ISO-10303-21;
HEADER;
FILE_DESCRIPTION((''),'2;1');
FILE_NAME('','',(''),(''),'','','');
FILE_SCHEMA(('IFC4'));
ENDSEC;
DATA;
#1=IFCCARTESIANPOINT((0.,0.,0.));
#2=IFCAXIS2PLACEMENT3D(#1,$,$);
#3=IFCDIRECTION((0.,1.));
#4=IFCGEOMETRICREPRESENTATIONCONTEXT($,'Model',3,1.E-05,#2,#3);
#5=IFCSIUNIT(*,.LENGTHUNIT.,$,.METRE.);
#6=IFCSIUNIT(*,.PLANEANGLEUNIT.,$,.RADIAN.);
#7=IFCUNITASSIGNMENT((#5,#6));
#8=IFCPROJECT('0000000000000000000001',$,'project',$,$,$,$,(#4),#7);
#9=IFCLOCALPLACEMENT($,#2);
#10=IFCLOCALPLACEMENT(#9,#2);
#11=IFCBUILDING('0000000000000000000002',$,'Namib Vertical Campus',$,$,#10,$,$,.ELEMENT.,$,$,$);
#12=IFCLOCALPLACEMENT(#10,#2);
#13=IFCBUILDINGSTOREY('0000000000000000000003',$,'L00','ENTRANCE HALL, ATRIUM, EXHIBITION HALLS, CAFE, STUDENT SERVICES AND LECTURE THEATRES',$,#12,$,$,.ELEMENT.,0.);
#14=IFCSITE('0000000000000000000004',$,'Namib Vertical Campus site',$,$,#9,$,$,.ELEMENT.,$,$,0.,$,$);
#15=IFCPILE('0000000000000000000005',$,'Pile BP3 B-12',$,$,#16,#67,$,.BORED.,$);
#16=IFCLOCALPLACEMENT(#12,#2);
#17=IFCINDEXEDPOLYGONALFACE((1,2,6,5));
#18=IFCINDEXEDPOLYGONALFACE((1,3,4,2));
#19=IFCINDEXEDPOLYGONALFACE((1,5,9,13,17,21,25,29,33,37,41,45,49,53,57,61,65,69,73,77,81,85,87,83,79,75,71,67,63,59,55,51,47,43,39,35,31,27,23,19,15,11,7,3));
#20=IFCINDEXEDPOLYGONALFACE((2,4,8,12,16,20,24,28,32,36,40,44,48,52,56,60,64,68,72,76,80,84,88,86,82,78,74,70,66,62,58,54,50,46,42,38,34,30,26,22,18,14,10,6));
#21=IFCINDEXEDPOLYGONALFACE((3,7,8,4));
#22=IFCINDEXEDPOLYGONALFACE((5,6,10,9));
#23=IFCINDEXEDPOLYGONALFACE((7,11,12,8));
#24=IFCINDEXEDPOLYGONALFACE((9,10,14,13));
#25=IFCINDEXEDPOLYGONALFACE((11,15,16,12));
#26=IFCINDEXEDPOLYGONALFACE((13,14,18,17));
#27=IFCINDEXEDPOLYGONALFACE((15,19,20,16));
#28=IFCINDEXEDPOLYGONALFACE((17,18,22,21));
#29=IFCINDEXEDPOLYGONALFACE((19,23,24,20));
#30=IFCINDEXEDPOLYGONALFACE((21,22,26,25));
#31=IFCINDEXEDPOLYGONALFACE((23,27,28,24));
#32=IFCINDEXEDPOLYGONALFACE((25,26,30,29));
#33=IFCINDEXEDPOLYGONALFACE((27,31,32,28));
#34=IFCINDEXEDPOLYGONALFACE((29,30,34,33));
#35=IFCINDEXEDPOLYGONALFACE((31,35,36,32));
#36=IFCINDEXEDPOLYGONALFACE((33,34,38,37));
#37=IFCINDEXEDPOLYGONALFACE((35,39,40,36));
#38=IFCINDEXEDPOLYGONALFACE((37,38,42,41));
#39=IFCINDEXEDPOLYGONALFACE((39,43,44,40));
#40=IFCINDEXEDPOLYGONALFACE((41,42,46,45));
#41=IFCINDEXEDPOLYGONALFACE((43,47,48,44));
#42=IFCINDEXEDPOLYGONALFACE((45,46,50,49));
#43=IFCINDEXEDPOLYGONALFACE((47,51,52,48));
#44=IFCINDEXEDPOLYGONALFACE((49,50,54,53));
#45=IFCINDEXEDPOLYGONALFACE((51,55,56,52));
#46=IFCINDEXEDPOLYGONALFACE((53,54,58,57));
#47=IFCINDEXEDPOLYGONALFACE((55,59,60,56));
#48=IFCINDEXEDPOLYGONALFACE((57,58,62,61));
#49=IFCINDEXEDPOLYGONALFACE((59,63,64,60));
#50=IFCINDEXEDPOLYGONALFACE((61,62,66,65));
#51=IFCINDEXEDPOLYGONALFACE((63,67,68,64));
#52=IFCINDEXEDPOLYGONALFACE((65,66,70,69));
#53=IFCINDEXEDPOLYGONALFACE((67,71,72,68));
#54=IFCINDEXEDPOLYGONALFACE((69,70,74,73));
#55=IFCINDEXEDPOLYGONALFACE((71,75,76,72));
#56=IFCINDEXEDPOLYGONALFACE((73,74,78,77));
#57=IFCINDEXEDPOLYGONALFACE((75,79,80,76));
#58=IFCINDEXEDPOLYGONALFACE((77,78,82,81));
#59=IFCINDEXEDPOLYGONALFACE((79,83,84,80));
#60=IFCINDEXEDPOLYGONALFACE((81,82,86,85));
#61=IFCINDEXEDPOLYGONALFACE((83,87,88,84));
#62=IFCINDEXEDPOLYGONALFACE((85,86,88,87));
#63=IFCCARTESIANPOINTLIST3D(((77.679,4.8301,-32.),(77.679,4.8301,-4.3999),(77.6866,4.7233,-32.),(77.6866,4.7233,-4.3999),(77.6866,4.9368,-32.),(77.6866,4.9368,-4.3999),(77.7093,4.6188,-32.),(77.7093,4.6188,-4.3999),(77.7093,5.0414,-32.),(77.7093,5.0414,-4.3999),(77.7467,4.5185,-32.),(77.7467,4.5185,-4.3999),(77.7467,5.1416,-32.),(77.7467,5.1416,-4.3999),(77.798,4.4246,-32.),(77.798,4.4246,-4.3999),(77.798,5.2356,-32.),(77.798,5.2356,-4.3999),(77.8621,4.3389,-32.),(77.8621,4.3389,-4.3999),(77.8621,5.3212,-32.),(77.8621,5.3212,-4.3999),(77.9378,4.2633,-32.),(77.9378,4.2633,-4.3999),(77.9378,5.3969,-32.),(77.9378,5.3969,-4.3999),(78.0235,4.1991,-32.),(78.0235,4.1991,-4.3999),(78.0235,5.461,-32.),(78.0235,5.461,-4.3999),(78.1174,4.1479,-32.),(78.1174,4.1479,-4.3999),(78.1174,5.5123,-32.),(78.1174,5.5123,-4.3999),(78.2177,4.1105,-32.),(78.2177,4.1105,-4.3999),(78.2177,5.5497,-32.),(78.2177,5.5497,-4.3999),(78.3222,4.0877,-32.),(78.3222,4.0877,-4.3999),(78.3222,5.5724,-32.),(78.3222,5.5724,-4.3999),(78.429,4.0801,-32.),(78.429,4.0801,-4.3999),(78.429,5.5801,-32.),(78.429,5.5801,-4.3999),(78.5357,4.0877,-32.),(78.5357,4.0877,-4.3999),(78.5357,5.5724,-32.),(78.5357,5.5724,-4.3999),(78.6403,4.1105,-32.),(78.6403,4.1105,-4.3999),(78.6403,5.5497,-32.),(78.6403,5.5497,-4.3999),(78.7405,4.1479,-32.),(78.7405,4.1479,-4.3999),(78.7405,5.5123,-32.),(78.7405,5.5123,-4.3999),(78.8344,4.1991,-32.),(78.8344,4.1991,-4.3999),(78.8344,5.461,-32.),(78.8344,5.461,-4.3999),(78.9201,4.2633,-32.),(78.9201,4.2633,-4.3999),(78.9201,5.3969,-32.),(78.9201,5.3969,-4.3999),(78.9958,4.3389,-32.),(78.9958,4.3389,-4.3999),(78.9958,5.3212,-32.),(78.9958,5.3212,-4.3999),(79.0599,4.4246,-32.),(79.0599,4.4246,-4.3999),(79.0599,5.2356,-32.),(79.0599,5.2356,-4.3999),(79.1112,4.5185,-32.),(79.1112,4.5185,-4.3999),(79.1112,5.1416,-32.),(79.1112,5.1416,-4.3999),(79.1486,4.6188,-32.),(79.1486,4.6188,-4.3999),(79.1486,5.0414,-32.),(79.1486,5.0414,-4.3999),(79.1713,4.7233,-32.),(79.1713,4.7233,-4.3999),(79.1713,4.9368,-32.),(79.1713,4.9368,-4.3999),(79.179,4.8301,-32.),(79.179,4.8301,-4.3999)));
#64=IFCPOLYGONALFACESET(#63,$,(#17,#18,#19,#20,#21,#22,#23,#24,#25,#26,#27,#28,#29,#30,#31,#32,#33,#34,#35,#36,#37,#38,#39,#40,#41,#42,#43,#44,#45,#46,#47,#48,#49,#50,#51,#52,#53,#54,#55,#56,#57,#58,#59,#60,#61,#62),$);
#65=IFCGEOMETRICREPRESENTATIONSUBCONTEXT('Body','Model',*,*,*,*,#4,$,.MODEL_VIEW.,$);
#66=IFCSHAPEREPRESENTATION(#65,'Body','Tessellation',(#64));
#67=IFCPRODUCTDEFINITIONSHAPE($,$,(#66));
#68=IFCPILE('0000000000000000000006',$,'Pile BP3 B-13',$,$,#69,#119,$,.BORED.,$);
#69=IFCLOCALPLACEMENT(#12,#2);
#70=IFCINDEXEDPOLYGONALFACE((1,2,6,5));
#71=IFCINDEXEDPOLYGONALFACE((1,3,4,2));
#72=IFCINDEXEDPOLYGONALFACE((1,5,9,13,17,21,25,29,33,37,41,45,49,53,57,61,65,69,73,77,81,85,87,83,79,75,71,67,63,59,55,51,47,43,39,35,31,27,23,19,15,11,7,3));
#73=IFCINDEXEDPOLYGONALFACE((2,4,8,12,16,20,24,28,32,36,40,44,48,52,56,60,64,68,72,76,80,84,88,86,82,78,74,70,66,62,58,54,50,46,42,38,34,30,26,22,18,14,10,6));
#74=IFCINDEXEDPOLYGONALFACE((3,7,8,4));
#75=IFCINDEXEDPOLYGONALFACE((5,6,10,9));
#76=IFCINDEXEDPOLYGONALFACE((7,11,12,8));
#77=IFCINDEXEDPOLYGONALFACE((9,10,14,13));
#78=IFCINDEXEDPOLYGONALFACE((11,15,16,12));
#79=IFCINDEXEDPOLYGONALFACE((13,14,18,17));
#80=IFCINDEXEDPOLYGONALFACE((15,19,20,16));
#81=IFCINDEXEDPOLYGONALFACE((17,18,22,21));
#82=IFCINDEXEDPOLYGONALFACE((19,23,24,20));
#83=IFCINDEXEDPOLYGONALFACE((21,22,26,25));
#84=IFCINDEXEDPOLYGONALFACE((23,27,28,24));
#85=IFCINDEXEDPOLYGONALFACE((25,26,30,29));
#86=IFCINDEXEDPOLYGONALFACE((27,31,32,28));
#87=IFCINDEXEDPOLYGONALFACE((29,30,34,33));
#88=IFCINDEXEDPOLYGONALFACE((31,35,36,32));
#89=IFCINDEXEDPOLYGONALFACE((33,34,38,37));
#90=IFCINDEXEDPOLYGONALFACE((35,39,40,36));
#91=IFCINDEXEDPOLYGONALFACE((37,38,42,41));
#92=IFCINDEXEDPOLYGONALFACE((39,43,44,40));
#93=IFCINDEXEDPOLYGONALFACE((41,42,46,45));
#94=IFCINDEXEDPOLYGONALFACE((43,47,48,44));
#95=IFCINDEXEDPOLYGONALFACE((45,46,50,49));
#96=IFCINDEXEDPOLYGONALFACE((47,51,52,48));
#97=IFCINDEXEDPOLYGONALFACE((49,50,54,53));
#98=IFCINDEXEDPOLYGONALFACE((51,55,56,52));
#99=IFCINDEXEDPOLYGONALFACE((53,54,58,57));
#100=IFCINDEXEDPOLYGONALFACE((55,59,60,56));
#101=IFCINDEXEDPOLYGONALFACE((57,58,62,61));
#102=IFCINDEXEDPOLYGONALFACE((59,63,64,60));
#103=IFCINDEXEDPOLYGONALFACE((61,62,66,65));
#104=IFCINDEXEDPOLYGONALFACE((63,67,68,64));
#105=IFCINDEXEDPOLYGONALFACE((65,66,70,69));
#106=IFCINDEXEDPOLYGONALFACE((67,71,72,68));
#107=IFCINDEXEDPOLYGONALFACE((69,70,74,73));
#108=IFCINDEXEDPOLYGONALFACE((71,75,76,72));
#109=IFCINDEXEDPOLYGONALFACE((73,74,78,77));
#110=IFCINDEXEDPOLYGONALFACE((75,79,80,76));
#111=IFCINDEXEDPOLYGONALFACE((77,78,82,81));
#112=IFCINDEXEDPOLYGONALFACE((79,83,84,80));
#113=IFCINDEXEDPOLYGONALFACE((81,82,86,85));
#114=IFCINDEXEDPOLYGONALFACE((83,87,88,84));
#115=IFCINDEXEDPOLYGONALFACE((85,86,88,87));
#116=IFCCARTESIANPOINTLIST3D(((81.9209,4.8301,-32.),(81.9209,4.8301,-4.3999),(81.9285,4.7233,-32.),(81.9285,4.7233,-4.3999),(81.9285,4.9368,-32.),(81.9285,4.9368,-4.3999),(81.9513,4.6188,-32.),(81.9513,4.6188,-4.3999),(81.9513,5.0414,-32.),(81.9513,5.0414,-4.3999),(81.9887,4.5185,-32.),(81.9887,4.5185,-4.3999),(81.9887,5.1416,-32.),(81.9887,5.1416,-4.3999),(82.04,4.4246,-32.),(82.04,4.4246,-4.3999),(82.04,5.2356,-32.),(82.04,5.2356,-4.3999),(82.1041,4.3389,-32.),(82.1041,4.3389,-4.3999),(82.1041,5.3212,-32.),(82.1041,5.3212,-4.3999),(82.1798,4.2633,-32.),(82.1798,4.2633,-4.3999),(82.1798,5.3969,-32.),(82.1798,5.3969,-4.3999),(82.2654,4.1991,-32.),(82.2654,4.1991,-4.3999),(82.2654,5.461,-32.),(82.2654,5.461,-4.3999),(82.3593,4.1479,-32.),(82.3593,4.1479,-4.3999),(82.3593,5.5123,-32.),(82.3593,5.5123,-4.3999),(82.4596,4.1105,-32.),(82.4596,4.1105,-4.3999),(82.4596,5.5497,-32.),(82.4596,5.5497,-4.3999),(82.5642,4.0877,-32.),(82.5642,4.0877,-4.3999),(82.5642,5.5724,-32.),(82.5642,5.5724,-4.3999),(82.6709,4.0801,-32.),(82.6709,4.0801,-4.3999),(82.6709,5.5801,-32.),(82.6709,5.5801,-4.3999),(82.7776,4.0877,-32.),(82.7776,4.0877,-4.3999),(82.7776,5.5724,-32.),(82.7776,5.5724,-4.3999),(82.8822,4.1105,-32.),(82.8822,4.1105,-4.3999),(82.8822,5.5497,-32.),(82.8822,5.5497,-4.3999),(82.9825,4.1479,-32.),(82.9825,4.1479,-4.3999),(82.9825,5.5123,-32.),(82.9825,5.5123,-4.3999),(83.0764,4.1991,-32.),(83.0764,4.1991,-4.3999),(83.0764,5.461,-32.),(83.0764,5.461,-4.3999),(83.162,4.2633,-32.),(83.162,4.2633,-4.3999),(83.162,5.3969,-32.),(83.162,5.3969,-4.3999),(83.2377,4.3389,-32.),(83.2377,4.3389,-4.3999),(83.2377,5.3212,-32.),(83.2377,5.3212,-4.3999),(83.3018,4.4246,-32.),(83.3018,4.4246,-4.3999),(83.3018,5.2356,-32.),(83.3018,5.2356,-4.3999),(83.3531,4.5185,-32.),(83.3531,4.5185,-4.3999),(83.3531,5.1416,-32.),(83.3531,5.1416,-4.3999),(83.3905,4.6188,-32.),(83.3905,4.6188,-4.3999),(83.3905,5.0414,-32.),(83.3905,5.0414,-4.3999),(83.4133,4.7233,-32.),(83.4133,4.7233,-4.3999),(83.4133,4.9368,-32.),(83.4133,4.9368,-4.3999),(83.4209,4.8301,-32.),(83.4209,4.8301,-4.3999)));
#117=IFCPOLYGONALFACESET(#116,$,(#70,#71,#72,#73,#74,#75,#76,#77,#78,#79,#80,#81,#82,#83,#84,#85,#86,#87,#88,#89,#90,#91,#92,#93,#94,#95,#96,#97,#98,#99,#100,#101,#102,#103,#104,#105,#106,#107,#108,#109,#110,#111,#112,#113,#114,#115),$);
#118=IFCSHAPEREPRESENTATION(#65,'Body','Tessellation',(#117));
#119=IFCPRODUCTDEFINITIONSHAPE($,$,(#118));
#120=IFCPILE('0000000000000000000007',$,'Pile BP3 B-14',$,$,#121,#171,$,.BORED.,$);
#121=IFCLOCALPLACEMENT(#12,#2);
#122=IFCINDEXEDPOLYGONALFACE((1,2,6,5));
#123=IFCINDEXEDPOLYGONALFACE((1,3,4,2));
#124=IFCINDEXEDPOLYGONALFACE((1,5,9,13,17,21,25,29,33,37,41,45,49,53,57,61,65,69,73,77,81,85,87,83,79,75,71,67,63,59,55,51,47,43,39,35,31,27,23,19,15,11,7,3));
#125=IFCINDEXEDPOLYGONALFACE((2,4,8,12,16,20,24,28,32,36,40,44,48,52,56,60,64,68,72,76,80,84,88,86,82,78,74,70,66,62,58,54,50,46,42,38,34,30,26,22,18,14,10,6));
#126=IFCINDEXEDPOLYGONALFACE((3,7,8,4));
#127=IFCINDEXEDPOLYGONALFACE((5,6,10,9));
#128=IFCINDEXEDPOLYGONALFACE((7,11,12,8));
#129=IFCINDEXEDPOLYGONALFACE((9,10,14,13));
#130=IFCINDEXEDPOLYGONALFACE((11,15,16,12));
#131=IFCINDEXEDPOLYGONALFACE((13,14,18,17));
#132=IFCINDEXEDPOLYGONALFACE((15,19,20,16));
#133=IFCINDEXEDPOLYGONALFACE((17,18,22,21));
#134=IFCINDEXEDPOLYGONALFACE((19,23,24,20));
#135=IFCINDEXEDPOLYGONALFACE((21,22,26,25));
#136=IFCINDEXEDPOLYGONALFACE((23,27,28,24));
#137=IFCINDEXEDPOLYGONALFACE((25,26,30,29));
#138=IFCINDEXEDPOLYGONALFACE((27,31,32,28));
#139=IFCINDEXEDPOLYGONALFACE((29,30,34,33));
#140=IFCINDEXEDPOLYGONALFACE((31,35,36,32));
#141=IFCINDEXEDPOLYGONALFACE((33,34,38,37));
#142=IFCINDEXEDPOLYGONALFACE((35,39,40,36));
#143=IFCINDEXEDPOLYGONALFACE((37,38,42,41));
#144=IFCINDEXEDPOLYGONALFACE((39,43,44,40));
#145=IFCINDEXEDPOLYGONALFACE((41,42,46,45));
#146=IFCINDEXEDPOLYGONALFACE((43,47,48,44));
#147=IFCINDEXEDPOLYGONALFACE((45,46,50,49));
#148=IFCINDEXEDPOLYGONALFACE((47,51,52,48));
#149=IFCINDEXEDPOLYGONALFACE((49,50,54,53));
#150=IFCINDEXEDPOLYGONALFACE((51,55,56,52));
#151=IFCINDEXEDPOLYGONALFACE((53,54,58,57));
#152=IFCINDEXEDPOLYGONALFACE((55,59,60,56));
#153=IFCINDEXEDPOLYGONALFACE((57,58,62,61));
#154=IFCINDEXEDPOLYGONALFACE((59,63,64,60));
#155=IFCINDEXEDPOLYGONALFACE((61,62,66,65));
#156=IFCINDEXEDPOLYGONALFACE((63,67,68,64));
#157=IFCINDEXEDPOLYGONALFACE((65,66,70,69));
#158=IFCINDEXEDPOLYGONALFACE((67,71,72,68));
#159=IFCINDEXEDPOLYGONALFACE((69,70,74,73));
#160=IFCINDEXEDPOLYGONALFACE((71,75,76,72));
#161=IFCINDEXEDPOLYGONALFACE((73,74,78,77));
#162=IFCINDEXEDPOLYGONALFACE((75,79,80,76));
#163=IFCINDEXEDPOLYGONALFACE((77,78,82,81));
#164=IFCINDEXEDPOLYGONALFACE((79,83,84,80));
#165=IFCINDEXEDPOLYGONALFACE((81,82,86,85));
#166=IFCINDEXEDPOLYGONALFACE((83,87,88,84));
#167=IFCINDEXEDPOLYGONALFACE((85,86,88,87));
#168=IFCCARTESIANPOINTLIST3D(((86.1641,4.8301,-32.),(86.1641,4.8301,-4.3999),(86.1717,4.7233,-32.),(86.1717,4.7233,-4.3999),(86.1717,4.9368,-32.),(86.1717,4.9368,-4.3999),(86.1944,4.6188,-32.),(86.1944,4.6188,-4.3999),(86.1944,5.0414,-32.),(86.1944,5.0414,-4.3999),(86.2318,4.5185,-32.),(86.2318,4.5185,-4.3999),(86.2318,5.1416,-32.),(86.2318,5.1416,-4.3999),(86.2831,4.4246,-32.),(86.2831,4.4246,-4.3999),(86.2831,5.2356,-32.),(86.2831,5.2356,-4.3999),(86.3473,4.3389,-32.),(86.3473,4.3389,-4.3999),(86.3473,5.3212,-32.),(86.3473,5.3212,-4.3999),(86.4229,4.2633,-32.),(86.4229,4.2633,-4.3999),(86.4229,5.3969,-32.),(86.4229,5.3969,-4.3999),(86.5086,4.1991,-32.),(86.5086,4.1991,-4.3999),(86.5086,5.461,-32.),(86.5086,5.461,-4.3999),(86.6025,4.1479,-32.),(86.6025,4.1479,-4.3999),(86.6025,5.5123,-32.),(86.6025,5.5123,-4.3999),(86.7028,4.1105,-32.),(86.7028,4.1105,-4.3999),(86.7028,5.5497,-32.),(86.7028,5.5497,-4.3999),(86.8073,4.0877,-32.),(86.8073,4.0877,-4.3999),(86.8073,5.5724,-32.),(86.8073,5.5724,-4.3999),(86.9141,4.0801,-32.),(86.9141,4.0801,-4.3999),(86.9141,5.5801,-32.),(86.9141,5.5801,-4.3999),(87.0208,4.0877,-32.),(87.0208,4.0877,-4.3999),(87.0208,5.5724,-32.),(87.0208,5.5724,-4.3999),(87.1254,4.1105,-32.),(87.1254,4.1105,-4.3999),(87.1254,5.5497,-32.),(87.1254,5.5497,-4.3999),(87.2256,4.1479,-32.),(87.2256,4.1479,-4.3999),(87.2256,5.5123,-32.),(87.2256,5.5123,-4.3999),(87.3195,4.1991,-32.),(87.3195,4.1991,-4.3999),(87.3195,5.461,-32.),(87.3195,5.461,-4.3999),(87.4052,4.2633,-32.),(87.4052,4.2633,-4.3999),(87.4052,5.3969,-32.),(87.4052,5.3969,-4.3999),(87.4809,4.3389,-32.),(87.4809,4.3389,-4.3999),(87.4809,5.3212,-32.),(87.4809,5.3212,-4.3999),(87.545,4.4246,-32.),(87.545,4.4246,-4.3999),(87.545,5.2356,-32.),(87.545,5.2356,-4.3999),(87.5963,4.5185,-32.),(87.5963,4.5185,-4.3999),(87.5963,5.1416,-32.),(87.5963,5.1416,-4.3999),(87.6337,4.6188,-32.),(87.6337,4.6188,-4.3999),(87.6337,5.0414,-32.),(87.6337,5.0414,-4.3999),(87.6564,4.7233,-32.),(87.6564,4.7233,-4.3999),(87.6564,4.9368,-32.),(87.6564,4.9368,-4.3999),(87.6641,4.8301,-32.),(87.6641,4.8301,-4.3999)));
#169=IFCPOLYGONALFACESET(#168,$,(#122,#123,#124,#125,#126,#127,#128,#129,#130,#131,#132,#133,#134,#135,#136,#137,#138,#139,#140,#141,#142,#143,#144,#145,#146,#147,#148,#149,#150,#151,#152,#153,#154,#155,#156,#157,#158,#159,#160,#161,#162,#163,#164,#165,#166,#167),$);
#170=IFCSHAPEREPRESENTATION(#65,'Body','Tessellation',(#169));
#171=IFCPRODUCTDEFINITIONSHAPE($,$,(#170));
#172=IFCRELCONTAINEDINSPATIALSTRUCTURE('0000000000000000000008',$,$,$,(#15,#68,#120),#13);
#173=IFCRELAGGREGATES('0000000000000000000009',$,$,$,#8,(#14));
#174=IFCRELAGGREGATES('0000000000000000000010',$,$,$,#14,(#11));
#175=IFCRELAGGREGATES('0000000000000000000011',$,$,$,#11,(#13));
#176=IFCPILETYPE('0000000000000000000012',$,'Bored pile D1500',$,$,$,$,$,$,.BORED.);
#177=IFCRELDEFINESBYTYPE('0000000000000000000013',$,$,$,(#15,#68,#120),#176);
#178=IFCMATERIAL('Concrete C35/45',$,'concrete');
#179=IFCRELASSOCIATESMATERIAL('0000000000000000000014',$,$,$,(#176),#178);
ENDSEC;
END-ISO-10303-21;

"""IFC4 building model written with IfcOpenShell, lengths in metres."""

from ifc_helpers import new_model, si_unit, direction, frame, origin, origin_2d, place, context, subcontext, project, spatial, circle, extrude, material, material_profile, profile_set, type_object, element, save


model = new_model("IFC4")

# Units and contexts
model_context = context("Model", 3, precision=1e-05, world=origin(), true_north=direction((0.0, 1.0)))
body_context = subcontext(model_context, "Body", "Model", "MODEL_VIEW")
ifc_project = project(units=[si_unit("LENGTHUNIT", "METRE"), si_unit("PLANEANGLEUNIT", "RADIAN")], contexts=[model_context])

# Site, building, storey
site_placement = place(None, origin())
site = spatial("IfcSite", under=ifc_project, at=site_placement, Name="Namib Vertical Campus site", CompositionType="ELEMENT", RefElevation=0.0)
building_placement = place(site_placement, origin())
building = spatial("IfcBuilding", under=site, at=building_placement, Name="Namib Vertical Campus", CompositionType="ELEMENT")
storey_placement = place(building_placement, origin())
storey = spatial("IfcBuildingStorey", under=building, at=storey_placement, Name="L00", Description="ENTRANCE HALL, ATRIUM, EXHIBITION HALLS, CAFE, STUDENT SERVICES AND LECTURE THEATRES", CompositionType="ELEMENT", Elevation=0.0)

# Piles
ifc_material_1 = material(Name="Concrete C35/45", Category="concrete")
ifc_material_profile_1 = material_profile(ifc_material_1, circle(Radius=0.75, at=origin_2d()))
ifc_profile_set_1 = profile_set([ifc_material_profile_1], Name="Concrete C35/45")
pile_type = type_object("IfcPileType", Name="Bored pile D1500", PredefinedType="BORED", material=ifc_profile_set_1)
for number, where, z_axis, x_axis, name in (
    (1, (78.429, 4.8301, -4.3999), (0.0, 0.0, -1.0), (1.0, 0.0, 0.0), "Pile BP3 B-12"),
    (2, (82.6709, 4.8301, -4.3999), (0.0, 0.0, -1.0), (1.0, 0.0, 0.0), "Pile BP3 B-13"),
    (3, (86.9141, 4.8301, -4.3999), (0.0, 0.0, -1.0), (1.0, 0.0, 0.0), "Pile BP3 B-14"),
):
    element("IfcPile", number, at=place(storey_placement, frame(where, z_axis=z_axis, x_axis=x_axis)), inside=storey, type_object=pile_type, Name=name, PredefinedType="BORED", context=body_context, shape_type="SweptSolid", body=[
        extrude(circle(Radius=0.75, at=origin_2d()), origin(), (0.0, 0.0, 1.0), 27.6001),
    ])

save(model, "model.ifc")
